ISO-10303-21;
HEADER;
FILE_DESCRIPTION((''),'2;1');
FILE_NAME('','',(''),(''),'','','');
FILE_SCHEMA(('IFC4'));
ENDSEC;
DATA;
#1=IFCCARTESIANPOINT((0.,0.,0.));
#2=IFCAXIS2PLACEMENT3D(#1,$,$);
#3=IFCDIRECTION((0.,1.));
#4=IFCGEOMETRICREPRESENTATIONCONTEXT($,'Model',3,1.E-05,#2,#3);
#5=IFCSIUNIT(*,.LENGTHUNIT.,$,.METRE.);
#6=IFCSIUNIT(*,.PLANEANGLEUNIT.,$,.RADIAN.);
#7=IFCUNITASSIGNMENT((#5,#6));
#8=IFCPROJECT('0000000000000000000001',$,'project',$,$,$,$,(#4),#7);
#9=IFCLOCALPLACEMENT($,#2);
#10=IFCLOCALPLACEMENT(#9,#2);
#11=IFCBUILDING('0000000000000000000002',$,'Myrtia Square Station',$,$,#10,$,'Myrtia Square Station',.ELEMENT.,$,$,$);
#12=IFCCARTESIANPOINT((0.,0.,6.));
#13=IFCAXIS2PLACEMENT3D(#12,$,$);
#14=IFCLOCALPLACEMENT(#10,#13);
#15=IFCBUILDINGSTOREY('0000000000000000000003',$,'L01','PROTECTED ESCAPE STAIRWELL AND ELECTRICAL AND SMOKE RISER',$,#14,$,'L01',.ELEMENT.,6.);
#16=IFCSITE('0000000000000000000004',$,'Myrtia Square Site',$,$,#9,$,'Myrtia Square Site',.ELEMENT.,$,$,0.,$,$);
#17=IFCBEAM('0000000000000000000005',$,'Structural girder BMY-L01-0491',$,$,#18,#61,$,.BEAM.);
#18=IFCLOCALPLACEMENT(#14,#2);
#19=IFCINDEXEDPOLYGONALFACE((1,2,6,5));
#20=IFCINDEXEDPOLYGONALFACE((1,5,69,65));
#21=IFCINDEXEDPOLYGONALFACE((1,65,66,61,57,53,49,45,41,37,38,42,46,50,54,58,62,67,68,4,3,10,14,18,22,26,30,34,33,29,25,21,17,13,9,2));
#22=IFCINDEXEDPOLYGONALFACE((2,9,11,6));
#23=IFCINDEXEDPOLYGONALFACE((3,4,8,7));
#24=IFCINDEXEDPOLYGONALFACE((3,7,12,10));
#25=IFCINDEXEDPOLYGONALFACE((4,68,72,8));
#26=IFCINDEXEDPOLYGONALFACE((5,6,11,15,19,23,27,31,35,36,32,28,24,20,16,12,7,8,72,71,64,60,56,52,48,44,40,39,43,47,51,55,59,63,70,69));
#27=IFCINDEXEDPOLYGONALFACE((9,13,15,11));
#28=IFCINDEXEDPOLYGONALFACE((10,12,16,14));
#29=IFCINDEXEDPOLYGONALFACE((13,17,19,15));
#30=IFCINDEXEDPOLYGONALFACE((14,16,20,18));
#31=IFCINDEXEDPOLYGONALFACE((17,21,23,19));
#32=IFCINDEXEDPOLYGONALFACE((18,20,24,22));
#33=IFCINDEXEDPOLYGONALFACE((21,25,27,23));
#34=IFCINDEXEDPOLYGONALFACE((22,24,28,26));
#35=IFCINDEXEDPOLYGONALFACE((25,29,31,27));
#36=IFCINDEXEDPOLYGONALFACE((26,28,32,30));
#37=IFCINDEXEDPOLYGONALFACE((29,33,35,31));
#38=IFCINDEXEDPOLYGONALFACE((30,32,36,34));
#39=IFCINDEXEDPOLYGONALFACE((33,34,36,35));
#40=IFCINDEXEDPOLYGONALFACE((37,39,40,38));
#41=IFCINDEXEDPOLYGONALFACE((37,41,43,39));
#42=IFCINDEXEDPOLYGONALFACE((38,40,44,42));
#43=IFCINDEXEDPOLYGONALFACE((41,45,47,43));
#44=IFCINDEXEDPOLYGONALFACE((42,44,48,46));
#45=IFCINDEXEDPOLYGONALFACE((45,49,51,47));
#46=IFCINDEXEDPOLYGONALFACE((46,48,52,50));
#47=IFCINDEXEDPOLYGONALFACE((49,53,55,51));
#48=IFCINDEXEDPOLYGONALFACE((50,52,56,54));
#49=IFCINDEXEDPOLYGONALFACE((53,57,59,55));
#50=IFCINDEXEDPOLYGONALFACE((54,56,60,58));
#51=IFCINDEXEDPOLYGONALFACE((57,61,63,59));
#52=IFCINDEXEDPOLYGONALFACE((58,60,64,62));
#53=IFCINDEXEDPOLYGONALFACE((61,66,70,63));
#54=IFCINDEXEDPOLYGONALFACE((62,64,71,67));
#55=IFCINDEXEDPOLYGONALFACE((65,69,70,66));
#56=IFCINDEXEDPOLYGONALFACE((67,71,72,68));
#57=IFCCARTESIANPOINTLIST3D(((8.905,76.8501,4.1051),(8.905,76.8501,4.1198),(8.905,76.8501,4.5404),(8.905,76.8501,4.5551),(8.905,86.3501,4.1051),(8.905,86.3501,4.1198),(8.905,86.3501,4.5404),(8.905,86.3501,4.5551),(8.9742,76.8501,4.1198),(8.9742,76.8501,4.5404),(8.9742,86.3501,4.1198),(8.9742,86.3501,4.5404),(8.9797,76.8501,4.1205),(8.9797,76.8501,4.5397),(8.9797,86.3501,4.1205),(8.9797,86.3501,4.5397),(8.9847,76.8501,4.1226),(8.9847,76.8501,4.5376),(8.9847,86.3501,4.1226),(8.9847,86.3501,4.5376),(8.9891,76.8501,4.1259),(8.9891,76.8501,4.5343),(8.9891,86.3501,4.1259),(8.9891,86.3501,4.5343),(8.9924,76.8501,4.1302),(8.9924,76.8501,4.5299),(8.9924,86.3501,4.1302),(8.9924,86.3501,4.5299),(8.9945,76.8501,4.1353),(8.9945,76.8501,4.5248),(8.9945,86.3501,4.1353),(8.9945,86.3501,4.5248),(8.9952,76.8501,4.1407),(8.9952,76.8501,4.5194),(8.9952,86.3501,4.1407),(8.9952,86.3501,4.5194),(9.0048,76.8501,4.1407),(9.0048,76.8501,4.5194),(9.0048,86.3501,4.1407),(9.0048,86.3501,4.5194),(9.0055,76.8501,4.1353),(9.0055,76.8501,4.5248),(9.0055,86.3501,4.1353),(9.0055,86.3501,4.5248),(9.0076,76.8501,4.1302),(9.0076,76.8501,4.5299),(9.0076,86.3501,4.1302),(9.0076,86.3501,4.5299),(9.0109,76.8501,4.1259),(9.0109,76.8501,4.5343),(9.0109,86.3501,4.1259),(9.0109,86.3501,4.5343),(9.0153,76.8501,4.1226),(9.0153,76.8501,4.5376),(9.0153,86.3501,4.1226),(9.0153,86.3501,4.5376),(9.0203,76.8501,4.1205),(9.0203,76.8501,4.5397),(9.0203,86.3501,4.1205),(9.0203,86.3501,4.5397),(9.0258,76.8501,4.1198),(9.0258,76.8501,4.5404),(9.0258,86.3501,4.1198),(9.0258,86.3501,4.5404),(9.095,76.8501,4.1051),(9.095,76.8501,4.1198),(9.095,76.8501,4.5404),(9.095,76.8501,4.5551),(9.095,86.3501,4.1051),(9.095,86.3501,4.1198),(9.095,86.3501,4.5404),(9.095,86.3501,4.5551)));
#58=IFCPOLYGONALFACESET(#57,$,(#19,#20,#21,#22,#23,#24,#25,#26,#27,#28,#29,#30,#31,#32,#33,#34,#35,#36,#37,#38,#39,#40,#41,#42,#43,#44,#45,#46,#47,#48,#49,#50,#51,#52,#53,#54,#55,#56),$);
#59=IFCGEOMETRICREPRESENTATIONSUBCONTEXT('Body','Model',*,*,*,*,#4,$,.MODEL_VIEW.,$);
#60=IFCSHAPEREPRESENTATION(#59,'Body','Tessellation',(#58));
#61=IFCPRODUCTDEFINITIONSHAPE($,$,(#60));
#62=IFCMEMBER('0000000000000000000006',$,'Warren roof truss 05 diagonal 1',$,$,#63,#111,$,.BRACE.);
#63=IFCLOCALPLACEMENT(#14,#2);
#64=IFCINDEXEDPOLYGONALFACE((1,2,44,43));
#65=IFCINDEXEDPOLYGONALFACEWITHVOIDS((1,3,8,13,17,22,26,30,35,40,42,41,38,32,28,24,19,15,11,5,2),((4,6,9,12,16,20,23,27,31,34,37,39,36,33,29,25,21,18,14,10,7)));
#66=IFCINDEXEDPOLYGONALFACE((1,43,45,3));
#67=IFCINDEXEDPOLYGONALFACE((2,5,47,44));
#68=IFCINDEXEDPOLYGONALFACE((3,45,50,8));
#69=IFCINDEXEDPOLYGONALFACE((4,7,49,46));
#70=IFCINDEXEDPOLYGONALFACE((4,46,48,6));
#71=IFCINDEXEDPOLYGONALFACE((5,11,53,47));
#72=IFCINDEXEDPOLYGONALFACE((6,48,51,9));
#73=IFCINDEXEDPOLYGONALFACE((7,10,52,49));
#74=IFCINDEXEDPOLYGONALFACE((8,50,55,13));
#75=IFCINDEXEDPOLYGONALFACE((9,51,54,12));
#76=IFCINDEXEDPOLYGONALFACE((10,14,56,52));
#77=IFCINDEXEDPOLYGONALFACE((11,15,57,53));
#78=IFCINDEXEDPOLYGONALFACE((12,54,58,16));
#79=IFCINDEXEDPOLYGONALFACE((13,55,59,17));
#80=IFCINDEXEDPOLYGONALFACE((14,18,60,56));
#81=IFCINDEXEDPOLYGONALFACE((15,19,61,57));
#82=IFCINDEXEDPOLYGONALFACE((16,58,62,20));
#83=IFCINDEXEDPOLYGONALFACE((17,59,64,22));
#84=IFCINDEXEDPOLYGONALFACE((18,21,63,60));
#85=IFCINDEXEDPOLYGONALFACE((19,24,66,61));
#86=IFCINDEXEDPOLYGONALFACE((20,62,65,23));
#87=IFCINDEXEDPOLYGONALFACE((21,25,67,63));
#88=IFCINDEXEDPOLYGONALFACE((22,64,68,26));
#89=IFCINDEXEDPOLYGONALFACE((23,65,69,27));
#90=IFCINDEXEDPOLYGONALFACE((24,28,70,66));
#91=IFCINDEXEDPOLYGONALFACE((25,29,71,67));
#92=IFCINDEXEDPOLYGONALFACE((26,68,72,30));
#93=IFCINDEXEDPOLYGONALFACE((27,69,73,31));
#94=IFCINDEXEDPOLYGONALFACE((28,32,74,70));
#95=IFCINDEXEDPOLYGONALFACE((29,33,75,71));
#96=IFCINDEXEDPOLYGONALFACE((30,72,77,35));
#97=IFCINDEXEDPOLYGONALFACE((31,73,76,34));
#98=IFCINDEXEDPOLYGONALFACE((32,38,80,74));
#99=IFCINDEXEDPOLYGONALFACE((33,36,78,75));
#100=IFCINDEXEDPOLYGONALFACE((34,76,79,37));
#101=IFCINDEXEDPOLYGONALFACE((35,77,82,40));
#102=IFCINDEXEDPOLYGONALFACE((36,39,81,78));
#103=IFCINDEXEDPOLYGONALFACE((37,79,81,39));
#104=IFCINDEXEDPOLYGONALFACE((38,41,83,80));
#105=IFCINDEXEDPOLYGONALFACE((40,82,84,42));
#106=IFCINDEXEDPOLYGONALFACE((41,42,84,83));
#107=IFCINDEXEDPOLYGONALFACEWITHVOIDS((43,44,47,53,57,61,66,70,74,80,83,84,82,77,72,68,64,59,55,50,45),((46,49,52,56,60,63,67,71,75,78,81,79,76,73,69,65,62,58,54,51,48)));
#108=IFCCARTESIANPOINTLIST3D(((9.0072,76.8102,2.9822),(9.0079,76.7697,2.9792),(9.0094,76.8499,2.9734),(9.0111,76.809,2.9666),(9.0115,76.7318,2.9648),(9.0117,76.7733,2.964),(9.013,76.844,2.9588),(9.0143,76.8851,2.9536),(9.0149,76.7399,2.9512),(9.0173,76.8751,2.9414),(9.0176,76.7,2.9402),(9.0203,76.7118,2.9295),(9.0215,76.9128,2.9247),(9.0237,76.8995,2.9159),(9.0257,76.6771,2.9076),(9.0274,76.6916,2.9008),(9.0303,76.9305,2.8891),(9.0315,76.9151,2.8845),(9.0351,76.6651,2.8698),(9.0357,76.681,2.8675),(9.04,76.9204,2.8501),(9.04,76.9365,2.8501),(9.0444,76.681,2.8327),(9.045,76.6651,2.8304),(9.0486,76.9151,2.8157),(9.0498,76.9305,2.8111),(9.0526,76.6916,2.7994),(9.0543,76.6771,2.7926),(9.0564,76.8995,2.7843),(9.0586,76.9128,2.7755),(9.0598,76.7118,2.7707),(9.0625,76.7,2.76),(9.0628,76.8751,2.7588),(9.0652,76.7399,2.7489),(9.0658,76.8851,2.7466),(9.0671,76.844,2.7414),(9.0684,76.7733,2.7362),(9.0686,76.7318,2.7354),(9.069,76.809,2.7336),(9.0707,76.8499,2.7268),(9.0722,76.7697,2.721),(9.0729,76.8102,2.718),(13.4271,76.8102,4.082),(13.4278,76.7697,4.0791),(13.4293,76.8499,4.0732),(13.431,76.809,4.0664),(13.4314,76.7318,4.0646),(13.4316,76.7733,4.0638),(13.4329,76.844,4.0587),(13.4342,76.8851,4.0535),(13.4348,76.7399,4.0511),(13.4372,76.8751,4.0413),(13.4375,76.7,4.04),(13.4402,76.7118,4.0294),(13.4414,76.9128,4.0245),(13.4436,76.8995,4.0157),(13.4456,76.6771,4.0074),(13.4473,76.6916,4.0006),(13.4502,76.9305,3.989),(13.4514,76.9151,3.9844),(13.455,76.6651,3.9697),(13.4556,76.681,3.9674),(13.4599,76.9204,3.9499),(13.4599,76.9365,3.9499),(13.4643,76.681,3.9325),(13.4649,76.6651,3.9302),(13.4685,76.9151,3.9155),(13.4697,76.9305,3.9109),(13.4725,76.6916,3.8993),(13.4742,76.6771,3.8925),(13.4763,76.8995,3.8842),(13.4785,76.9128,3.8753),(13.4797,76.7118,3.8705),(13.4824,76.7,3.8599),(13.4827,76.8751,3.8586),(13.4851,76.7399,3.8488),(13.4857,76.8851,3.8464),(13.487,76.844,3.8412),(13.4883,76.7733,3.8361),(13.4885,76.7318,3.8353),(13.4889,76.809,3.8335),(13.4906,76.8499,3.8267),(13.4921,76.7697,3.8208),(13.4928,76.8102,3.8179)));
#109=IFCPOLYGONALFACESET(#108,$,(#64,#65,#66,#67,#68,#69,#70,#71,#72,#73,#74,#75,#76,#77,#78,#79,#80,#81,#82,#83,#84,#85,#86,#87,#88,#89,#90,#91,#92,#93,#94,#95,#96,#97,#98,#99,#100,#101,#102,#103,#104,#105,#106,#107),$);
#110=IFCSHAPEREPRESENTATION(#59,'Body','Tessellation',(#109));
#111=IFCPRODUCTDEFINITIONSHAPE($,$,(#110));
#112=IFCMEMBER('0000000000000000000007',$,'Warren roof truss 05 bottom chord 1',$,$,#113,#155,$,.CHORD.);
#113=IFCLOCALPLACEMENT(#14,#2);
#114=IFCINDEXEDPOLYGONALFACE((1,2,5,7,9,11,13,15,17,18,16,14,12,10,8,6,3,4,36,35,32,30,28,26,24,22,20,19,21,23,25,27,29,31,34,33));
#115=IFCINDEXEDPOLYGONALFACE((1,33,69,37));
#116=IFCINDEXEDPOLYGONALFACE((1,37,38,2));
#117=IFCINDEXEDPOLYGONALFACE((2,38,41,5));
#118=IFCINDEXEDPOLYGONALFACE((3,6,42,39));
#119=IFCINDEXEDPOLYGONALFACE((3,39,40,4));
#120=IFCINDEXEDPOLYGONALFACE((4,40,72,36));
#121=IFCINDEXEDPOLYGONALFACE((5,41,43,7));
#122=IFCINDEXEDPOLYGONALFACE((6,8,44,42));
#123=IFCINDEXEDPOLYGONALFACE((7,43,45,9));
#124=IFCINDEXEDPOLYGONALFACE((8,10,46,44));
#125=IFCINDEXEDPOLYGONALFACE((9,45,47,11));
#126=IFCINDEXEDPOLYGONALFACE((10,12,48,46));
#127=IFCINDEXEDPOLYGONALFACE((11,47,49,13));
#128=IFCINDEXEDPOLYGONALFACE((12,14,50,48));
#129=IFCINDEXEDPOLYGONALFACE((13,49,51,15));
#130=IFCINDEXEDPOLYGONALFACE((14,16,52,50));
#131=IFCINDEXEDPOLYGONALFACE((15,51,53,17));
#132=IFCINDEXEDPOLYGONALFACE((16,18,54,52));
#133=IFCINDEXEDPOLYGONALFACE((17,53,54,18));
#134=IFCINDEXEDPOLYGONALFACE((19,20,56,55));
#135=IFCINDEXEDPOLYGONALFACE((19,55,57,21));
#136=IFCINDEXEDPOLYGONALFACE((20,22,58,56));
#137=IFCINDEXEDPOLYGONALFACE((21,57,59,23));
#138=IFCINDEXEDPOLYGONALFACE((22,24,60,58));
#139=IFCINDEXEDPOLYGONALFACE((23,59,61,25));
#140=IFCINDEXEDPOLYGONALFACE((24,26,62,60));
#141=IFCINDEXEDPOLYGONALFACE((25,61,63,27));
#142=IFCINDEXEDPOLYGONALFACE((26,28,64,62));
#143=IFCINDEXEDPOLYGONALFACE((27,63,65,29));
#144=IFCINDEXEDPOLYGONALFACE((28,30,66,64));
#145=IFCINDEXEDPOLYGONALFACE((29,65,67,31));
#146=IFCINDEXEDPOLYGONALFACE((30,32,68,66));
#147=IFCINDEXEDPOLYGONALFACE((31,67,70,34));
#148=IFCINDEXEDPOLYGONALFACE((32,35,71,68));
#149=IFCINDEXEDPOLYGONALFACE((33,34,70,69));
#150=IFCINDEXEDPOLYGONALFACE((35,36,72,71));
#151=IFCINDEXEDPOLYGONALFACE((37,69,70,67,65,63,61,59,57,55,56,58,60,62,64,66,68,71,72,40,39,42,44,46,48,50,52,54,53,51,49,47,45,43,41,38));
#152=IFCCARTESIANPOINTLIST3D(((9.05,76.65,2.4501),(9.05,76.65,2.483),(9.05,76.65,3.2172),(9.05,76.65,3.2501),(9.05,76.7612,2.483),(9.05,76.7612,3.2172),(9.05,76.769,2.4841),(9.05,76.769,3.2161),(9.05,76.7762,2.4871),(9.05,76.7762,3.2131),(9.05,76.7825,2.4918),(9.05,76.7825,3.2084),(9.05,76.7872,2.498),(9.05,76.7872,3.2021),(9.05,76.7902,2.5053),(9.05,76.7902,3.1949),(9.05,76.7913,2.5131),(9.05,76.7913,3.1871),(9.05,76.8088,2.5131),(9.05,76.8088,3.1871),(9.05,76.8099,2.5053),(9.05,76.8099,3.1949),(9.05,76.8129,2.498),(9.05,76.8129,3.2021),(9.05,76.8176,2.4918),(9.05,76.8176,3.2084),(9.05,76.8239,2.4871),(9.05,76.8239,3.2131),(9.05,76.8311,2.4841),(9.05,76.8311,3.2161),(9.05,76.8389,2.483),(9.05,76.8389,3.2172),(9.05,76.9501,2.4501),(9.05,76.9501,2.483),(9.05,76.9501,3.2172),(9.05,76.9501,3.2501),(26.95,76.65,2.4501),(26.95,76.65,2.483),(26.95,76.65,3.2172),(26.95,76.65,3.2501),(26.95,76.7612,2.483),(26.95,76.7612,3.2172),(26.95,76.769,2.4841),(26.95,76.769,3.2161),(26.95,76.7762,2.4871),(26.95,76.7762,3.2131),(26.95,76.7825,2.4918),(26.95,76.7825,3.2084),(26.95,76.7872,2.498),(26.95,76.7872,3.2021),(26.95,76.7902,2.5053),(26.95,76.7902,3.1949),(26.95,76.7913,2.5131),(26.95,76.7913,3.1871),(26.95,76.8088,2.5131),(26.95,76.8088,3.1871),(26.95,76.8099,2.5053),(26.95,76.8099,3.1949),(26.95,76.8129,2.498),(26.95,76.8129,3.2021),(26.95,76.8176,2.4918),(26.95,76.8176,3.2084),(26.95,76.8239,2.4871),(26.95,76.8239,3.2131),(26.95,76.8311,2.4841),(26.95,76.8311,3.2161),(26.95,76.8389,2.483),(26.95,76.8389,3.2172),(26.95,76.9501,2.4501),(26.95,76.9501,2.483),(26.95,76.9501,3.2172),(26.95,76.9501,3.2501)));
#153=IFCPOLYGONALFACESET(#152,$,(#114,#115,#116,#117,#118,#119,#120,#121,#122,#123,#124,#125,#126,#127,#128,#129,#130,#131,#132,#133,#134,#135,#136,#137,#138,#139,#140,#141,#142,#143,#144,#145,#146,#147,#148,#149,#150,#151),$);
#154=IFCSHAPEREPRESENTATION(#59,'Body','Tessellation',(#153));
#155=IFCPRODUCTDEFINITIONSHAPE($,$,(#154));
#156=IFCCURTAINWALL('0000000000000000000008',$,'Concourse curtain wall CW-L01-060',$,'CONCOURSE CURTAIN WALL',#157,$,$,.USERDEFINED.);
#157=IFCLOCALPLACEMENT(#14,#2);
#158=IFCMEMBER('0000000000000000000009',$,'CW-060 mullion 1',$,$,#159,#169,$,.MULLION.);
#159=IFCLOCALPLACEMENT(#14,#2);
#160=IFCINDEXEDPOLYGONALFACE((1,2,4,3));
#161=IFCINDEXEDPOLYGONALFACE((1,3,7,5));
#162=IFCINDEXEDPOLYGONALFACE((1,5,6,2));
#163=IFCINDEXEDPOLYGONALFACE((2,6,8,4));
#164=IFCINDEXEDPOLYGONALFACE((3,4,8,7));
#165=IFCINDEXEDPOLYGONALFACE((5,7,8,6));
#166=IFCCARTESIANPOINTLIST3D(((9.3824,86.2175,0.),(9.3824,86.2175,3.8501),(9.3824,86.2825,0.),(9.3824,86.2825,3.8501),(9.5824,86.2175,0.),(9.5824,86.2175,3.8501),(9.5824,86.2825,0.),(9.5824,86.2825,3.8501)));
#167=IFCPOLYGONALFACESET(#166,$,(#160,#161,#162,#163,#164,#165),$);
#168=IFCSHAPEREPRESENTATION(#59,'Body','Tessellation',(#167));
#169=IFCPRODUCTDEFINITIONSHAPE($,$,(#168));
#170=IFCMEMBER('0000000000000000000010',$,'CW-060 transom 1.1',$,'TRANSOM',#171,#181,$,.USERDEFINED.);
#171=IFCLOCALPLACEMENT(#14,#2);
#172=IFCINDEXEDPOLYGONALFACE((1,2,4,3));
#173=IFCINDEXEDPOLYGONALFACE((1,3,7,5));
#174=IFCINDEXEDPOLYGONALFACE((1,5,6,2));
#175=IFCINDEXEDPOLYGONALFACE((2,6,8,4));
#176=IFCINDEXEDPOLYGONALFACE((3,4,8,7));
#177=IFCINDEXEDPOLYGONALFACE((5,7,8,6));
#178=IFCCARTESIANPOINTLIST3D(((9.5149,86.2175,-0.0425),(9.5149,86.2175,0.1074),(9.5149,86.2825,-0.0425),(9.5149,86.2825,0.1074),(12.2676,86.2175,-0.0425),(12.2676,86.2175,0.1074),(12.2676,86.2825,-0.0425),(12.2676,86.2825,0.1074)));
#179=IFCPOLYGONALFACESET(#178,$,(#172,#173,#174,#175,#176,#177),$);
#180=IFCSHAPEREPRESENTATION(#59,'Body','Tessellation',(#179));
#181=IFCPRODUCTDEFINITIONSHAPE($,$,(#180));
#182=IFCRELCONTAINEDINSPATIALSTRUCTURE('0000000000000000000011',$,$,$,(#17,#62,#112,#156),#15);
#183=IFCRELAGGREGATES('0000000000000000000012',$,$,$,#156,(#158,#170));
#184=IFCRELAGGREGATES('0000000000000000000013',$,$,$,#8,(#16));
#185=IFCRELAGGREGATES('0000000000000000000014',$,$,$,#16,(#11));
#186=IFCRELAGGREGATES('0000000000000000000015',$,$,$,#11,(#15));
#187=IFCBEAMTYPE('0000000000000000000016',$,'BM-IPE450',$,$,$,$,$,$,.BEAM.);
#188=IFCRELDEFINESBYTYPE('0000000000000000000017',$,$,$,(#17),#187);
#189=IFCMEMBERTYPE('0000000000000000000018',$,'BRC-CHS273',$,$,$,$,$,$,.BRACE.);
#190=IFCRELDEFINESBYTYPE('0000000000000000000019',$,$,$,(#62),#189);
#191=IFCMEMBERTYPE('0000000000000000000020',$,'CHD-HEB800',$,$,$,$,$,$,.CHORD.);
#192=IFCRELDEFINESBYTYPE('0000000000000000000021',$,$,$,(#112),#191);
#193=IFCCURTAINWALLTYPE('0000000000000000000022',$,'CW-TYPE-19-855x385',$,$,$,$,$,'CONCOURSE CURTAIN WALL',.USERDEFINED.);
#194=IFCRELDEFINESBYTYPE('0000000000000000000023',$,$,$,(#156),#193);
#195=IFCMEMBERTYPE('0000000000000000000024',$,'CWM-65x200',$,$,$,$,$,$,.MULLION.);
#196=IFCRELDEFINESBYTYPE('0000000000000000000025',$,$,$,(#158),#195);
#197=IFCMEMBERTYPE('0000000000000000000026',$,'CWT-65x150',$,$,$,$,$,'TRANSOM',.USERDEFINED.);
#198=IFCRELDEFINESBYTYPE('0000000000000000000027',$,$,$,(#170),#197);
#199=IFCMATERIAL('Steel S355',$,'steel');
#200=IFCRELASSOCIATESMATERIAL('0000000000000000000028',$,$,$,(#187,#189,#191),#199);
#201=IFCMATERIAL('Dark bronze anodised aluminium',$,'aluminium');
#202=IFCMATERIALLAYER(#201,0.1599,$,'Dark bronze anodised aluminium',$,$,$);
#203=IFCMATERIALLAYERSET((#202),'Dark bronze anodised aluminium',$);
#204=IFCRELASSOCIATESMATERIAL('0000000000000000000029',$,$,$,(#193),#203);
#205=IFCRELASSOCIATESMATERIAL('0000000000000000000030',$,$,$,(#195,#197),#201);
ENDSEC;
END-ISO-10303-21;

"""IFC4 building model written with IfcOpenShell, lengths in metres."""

from ifc_helpers import new_model, si_unit, direction, frame, origin, origin_2d, place, context, subcontext, project, spatial, rectangle, hollow_circle, i_section, extrude, material, layer, layer_set, material_profile, profile_set, type_object, element, aggregate, save


model = new_model("IFC4")

# Units and contexts
model_context = context("Model", 3, precision=1e-05, world=origin(), true_north=direction((0.0, 1.0)))
body_context = subcontext(model_context, "Body", "Model", "MODEL_VIEW")
ifc_project = project(units=[si_unit("LENGTHUNIT", "METRE"), si_unit("PLANEANGLEUNIT", "RADIAN")], contexts=[model_context])

# Site, building, storey
site_placement = place(None, origin())
site = spatial("IfcSite", under=ifc_project, at=site_placement, Name="Myrtia Square Site", LongName="Myrtia Square Site", CompositionType="ELEMENT", RefElevation=0.0)
building_placement = place(site_placement, origin())
building = spatial("IfcBuilding", under=site, at=building_placement, Name="Myrtia Square Station", LongName="Myrtia Square Station", CompositionType="ELEMENT")
storey_placement = place(building_placement, frame((0.0, 0.0, 6.0)))
storey = spatial("IfcBuildingStorey", under=building, at=storey_placement, Name="L01", Description="PROTECTED ESCAPE STAIRWELL AND ELECTRICAL AND SMOKE RISER", LongName="L01", CompositionType="ELEMENT", Elevation=6.0)

# Shared definitions
ifc_material_1 = material(Name="Steel S355", Category="steel")

# Beam
ifc_material_profile_1 = material_profile(ifc_material_1, i_section(OverallWidth=0.1899, OverallDepth=0.45, WebThickness=0.0095, FlangeThickness=0.0146, FilletRadius=0.021, at=origin_2d()), Name="IPE 450")
ifc_profile_set_1 = profile_set([ifc_material_profile_1], Name="Steel S355")
beam_type_1 = type_object("IfcBeamType", Name="BM-IPE450", PredefinedType="BEAM", material=ifc_profile_set_1)
beam_1_placement = place(storey_placement, frame((9.0, 76.8501, 4.3301), z_axis=(0.0, 1.0, 0.0), x_axis=(-1.0, 0.0, 0.0)))
element("IfcBeam", 1, at=beam_1_placement, inside=storey, type_object=beam_type_1, Name="Structural girder BMY-L01-0491", PredefinedType="BEAM", context=body_context, shape_type="SweptSolid", body=[
    extrude(i_section(OverallWidth=0.1899, OverallDepth=0.45, WebThickness=0.0095, FlangeThickness=0.0146, FilletRadius=0.021, at=origin_2d()), origin(), (0.0, 0.0, 1.0), 9.5),
])

# Members
ifc_material_profile_2 = material_profile(ifc_material_1, hollow_circle(Radius=0.1365, WallThickness=0.0161, at=origin_2d()), Name="CHS 273x16")
ifc_profile_set_2 = profile_set([ifc_material_profile_2], Name="Steel S355")
member_type_1 = type_object("IfcMemberType", Name="BRC-CHS273", PredefinedType="BRACE", material=ifc_profile_set_2)
member_1_placement = place(storey_placement, frame((9.04, 76.8, 2.8501), z_axis=(0.970407, 0.0, 0.241476), x_axis=(0.0, 1.0, 0.0)))
element("IfcMember", 2, at=member_1_placement, inside=storey, type_object=member_type_1, Name="Warren roof truss 05 diagonal 1", PredefinedType="BRACE", context=body_context, shape_type="SweptSolid", body=[
    extrude(hollow_circle(Radius=0.1365, WallThickness=0.0161, at=origin_2d()), origin(), (0.0, 0.0, 1.0), 4.5547),
])
ifc_material_profile_3 = material_profile(ifc_material_1, i_section(OverallWidth=0.3, OverallDepth=0.8, WebThickness=0.0176, FlangeThickness=0.033, FilletRadius=0.03, at=origin_2d()), Name="HEB 800")
ifc_profile_set_3 = profile_set([ifc_material_profile_3], Name="Steel S355")
member_type_2 = type_object("IfcMemberType", Name="CHD-HEB800", PredefinedType="CHORD", material=ifc_profile_set_3)
member_2_placement = place(storey_placement, frame((9.05, 76.8, 2.8501), z_axis=(1.0, 0.0, 0.0), x_axis=(0.0, 1.0, 0.0)))
element("IfcMember", 3, at=member_2_placement, inside=storey, type_object=member_type_2, Name="Warren roof truss 05 bottom chord 1", PredefinedType="CHORD", context=body_context, shape_type="SweptSolid", body=[
    extrude(i_section(OverallWidth=0.3, OverallDepth=0.8, WebThickness=0.0176, FlangeThickness=0.033, FilletRadius=0.03, at=origin_2d()), origin(), (0.0, 0.0, 1.0), 17.8999),
])

# Curtain wall, members
ifc_material_2 = material(Name="Dark bronze anodised aluminium", Category="aluminium")
ifc_layer_1 = layer(ifc_material_2, 0.1599, Name="Dark bronze anodised aluminium")
ifc_layer_set_1 = layer_set([ifc_layer_1], Name="Dark bronze anodised aluminium")
curtain_wall_type = type_object("IfcCurtainWallType", Name="CW-TYPE-19-855x385", ElementType="CONCOURSE CURTAIN WALL", PredefinedType="USERDEFINED", material=ifc_layer_set_1)
curtain_wall_placement = place(storey_placement, origin())
curtain_wall = element("IfcCurtainWall", 4, at=curtain_wall_placement, inside=storey, type_object=curtain_wall_type, Name="Concourse curtain wall CW-L01-060", ObjectType="CONCOURSE CURTAIN WALL", PredefinedType="USERDEFINED")
ifc_material_profile_4 = material_profile(ifc_material_2, rectangle(XDim=0.0649, YDim=0.2, at=origin_2d()), Name="ALU-M 65x200")
ifc_profile_set_4 = profile_set([ifc_material_profile_4], Name="Dark bronze anodised aluminium")
member_type_3 = type_object("IfcMemberType", Name="CWM-65x200", PredefinedType="MULLION", material=ifc_profile_set_4)
member_3_placement = place(storey_placement, frame((9.4824, 86.25, 0.0), z_axis=(0.0, 0.0, 1.0), x_axis=(0.0, 1.0, 0.0)))
member_3 = element("IfcMember", 5, at=member_3_placement, type_object=member_type_3, Name="CW-060 mullion 1", PredefinedType="MULLION", context=body_context, shape_type="SweptSolid", body=[
    extrude(rectangle(XDim=0.0649, YDim=0.2, at=origin_2d()), origin(), (0.0, 0.0, 1.0), 3.8501),
])
ifc_material_profile_5 = material_profile(ifc_material_2, rectangle(XDim=0.0649, YDim=0.1499, at=origin_2d()), Name="ALU-T 65x150")
ifc_profile_set_5 = profile_set([ifc_material_profile_5], Name="Dark bronze anodised aluminium")
member_type_4 = type_object("IfcMemberType", Name="CWT-65x150", ElementType="TRANSOM", PredefinedType="USERDEFINED", material=ifc_profile_set_5)
member_4_placement = place(storey_placement, frame((9.5149, 86.25, 0.0325), z_axis=(1.0, 0.0, 0.0), x_axis=(0.0, 1.0, 0.0)))
member_4 = element("IfcMember", 6, at=member_4_placement, type_object=member_type_4, Name="CW-060 transom 1.1", ObjectType="TRANSOM", PredefinedType="USERDEFINED", context=body_context, shape_type="SweptSolid", body=[
    extrude(rectangle(XDim=0.0649, YDim=0.1499, at=origin_2d()), origin(), (0.0, 0.0, 1.0), 2.7527),
])
aggregate(curtain_wall, [member_3, member_4])

save(model, "model.ifc")
